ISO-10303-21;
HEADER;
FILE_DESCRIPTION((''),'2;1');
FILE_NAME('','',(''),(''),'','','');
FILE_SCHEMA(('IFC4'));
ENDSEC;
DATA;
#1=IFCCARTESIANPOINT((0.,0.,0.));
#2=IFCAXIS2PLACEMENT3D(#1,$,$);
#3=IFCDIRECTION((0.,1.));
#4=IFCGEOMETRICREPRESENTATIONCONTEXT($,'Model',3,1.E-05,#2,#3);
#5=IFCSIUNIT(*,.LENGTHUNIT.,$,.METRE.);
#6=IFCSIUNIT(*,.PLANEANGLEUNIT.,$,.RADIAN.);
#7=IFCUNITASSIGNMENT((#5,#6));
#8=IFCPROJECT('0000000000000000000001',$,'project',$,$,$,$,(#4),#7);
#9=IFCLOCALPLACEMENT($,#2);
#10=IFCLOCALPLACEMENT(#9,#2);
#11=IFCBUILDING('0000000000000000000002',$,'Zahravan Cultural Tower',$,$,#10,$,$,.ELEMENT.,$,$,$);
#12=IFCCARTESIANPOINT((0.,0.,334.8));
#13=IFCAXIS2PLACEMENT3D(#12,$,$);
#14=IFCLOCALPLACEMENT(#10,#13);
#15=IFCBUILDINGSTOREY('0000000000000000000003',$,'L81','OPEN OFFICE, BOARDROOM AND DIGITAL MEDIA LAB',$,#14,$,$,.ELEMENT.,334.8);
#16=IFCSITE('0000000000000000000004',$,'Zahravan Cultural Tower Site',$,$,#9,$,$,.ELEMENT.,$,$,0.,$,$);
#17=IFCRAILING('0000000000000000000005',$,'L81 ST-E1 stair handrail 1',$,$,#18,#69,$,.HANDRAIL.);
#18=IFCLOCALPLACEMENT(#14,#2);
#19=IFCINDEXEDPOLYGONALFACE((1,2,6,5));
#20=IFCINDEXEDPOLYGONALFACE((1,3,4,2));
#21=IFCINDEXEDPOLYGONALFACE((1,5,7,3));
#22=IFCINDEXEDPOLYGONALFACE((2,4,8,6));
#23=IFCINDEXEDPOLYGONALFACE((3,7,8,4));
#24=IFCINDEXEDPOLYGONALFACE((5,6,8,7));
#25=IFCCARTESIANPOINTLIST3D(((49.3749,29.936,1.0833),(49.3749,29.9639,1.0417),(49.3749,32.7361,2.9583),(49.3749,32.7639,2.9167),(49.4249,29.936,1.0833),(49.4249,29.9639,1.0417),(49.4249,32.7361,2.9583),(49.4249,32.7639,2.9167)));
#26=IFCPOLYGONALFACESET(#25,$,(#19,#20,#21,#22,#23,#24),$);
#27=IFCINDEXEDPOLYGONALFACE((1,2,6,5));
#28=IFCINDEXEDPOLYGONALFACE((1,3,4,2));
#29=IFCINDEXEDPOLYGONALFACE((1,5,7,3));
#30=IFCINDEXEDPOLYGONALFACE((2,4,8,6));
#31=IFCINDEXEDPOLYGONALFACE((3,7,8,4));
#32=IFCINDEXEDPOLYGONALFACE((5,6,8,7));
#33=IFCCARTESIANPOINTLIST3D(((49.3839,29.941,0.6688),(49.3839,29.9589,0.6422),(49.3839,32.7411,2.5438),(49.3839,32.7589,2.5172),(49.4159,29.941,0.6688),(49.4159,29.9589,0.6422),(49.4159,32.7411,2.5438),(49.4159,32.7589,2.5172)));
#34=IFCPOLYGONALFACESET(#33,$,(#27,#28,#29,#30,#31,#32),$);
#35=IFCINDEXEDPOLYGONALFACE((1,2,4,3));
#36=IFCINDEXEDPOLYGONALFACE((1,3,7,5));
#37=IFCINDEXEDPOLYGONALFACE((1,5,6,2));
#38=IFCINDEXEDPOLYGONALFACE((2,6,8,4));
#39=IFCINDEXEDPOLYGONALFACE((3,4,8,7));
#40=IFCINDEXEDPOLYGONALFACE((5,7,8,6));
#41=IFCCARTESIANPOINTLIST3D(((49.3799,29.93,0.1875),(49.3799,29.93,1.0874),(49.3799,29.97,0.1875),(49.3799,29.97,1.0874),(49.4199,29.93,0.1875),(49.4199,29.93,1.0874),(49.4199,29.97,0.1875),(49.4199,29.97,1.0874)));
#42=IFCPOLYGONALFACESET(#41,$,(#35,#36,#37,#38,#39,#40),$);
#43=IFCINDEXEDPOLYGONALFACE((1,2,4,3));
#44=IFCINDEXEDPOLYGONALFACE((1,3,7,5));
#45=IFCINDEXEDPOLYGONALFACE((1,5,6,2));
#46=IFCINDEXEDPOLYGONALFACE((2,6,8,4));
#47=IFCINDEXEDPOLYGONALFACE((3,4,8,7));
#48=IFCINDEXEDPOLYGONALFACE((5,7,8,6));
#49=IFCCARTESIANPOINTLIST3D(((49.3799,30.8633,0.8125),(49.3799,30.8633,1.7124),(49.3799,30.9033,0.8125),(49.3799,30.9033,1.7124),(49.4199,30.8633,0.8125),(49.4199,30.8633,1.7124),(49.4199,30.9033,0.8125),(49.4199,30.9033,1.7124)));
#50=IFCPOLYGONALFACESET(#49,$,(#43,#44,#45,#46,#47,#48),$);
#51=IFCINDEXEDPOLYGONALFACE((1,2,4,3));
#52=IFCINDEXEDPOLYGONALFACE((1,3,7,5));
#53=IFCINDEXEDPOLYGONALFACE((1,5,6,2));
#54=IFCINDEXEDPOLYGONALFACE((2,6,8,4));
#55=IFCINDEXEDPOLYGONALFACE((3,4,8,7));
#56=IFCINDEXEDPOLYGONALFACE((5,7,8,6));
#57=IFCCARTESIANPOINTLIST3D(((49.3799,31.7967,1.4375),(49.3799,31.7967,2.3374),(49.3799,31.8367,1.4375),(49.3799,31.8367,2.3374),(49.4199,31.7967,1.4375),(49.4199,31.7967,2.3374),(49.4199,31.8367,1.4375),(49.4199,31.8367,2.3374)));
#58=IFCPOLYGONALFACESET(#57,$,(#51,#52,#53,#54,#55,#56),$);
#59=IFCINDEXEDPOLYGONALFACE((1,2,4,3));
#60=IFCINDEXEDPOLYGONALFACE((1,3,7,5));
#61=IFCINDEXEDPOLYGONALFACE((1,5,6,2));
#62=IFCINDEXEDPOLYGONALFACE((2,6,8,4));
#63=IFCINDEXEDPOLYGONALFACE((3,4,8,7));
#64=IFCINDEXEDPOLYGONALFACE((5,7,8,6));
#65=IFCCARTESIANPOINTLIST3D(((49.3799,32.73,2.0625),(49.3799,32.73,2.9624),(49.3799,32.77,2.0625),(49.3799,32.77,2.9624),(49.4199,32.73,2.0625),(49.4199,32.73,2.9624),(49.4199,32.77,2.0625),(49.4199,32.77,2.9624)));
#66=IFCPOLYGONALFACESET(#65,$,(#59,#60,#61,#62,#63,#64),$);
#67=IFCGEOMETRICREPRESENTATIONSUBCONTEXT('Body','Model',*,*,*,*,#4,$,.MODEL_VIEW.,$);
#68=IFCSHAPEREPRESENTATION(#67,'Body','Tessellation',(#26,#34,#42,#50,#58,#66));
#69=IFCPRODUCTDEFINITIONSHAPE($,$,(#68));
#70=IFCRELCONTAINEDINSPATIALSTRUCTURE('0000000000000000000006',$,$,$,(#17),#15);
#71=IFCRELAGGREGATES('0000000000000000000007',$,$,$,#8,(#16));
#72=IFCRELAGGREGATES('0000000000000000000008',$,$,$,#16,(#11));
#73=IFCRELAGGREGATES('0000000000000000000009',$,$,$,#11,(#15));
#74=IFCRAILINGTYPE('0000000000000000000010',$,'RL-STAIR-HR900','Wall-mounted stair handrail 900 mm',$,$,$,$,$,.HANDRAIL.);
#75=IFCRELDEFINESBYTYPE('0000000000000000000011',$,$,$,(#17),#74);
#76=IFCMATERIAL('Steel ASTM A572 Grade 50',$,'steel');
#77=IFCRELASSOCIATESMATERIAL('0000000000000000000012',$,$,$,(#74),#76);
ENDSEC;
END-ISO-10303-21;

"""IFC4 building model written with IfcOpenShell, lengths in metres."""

from ifc_helpers import new_model, si_unit, direction, frame, origin, origin_2d, place, context, subcontext, project, spatial, rectangle, extrude, material, type_object, element, save


model = new_model("IFC4")

# Units and contexts
model_context = context("Model", 3, precision=1e-05, world=origin(), true_north=direction((0.0, 1.0)))
body_context = subcontext(model_context, "Body", "Model", "MODEL_VIEW")
ifc_project = project(units=[si_unit("LENGTHUNIT", "METRE"), si_unit("PLANEANGLEUNIT", "RADIAN")], contexts=[model_context])

# Site, building, storey
site_placement = place(None, origin())
site = spatial("IfcSite", under=ifc_project, at=site_placement, Name="Zahravan Cultural Tower Site", CompositionType="ELEMENT", RefElevation=0.0)
building_placement = place(site_placement, origin())
building = spatial("IfcBuilding", under=site, at=building_placement, Name="Zahravan Cultural Tower", CompositionType="ELEMENT")
storey_placement = place(building_placement, frame((0.0, 0.0, 334.8)))
storey = spatial("IfcBuildingStorey", under=building, at=storey_placement, Name="L81", Description="OPEN OFFICE, BOARDROOM AND DIGITAL MEDIA LAB", CompositionType="ELEMENT", Elevation=334.8)

# Railing
ifc_material_1 = material(Name="Steel ASTM A572 Grade 50", Category="steel")
railing_type_1 = type_object("IfcRailingType", Name="RL-STAIR-HR900", Description="Wall-mounted stair handrail 900 mm", PredefinedType="HANDRAIL", material=ifc_material_1)
railing_1_placement = place(storey_placement, frame((49.3999, 29.95, 0.1875)))
element("IfcRailing", 1, at=railing_1_placement, inside=storey, type_object=railing_type_1, Name="L81 ST-E1 stair handrail 1", PredefinedType="HANDRAIL", context=body_context, shape_type="SweptSolid", body=[
    extrude(rectangle(XDim=0.05, YDim=0.05, at=origin_2d()), frame((0.0, 0.0, 0.875), z_axis=(0.0, 0.830912, 0.556404), x_axis=(-1.0, 0.0, 0.0)), (0.0, 0.0, 1.0), 3.3699),
    extrude(rectangle(XDim=0.032, YDim=0.032, at=origin_2d()), frame((0.0, 0.0, 0.468), z_axis=(0.0, 0.830912, 0.556404), x_axis=(-1.0, 0.0, 0.0)), (0.0, 0.0, 1.0), 3.3699),
    extrude(rectangle(XDim=0.04, YDim=0.04, at=origin_2d()), origin(), (0.0, 0.0, 1.0), 0.8999),
    extrude(rectangle(XDim=0.04, YDim=0.04, at=origin_2d()), frame((0.0, 0.9333, 0.625)), (0.0, 0.0, 1.0), 0.8999),
    extrude(rectangle(XDim=0.04, YDim=0.04, at=origin_2d()), frame((0.0, 1.8667, 1.25)), (0.0, 0.0, 1.0), 0.8999),
    extrude(rectangle(XDim=0.04, YDim=0.04, at=origin_2d()), frame((0.0, 2.8, 1.875)), (0.0, 0.0, 1.0), 0.8999),
])

save(model, "model.ifc")
